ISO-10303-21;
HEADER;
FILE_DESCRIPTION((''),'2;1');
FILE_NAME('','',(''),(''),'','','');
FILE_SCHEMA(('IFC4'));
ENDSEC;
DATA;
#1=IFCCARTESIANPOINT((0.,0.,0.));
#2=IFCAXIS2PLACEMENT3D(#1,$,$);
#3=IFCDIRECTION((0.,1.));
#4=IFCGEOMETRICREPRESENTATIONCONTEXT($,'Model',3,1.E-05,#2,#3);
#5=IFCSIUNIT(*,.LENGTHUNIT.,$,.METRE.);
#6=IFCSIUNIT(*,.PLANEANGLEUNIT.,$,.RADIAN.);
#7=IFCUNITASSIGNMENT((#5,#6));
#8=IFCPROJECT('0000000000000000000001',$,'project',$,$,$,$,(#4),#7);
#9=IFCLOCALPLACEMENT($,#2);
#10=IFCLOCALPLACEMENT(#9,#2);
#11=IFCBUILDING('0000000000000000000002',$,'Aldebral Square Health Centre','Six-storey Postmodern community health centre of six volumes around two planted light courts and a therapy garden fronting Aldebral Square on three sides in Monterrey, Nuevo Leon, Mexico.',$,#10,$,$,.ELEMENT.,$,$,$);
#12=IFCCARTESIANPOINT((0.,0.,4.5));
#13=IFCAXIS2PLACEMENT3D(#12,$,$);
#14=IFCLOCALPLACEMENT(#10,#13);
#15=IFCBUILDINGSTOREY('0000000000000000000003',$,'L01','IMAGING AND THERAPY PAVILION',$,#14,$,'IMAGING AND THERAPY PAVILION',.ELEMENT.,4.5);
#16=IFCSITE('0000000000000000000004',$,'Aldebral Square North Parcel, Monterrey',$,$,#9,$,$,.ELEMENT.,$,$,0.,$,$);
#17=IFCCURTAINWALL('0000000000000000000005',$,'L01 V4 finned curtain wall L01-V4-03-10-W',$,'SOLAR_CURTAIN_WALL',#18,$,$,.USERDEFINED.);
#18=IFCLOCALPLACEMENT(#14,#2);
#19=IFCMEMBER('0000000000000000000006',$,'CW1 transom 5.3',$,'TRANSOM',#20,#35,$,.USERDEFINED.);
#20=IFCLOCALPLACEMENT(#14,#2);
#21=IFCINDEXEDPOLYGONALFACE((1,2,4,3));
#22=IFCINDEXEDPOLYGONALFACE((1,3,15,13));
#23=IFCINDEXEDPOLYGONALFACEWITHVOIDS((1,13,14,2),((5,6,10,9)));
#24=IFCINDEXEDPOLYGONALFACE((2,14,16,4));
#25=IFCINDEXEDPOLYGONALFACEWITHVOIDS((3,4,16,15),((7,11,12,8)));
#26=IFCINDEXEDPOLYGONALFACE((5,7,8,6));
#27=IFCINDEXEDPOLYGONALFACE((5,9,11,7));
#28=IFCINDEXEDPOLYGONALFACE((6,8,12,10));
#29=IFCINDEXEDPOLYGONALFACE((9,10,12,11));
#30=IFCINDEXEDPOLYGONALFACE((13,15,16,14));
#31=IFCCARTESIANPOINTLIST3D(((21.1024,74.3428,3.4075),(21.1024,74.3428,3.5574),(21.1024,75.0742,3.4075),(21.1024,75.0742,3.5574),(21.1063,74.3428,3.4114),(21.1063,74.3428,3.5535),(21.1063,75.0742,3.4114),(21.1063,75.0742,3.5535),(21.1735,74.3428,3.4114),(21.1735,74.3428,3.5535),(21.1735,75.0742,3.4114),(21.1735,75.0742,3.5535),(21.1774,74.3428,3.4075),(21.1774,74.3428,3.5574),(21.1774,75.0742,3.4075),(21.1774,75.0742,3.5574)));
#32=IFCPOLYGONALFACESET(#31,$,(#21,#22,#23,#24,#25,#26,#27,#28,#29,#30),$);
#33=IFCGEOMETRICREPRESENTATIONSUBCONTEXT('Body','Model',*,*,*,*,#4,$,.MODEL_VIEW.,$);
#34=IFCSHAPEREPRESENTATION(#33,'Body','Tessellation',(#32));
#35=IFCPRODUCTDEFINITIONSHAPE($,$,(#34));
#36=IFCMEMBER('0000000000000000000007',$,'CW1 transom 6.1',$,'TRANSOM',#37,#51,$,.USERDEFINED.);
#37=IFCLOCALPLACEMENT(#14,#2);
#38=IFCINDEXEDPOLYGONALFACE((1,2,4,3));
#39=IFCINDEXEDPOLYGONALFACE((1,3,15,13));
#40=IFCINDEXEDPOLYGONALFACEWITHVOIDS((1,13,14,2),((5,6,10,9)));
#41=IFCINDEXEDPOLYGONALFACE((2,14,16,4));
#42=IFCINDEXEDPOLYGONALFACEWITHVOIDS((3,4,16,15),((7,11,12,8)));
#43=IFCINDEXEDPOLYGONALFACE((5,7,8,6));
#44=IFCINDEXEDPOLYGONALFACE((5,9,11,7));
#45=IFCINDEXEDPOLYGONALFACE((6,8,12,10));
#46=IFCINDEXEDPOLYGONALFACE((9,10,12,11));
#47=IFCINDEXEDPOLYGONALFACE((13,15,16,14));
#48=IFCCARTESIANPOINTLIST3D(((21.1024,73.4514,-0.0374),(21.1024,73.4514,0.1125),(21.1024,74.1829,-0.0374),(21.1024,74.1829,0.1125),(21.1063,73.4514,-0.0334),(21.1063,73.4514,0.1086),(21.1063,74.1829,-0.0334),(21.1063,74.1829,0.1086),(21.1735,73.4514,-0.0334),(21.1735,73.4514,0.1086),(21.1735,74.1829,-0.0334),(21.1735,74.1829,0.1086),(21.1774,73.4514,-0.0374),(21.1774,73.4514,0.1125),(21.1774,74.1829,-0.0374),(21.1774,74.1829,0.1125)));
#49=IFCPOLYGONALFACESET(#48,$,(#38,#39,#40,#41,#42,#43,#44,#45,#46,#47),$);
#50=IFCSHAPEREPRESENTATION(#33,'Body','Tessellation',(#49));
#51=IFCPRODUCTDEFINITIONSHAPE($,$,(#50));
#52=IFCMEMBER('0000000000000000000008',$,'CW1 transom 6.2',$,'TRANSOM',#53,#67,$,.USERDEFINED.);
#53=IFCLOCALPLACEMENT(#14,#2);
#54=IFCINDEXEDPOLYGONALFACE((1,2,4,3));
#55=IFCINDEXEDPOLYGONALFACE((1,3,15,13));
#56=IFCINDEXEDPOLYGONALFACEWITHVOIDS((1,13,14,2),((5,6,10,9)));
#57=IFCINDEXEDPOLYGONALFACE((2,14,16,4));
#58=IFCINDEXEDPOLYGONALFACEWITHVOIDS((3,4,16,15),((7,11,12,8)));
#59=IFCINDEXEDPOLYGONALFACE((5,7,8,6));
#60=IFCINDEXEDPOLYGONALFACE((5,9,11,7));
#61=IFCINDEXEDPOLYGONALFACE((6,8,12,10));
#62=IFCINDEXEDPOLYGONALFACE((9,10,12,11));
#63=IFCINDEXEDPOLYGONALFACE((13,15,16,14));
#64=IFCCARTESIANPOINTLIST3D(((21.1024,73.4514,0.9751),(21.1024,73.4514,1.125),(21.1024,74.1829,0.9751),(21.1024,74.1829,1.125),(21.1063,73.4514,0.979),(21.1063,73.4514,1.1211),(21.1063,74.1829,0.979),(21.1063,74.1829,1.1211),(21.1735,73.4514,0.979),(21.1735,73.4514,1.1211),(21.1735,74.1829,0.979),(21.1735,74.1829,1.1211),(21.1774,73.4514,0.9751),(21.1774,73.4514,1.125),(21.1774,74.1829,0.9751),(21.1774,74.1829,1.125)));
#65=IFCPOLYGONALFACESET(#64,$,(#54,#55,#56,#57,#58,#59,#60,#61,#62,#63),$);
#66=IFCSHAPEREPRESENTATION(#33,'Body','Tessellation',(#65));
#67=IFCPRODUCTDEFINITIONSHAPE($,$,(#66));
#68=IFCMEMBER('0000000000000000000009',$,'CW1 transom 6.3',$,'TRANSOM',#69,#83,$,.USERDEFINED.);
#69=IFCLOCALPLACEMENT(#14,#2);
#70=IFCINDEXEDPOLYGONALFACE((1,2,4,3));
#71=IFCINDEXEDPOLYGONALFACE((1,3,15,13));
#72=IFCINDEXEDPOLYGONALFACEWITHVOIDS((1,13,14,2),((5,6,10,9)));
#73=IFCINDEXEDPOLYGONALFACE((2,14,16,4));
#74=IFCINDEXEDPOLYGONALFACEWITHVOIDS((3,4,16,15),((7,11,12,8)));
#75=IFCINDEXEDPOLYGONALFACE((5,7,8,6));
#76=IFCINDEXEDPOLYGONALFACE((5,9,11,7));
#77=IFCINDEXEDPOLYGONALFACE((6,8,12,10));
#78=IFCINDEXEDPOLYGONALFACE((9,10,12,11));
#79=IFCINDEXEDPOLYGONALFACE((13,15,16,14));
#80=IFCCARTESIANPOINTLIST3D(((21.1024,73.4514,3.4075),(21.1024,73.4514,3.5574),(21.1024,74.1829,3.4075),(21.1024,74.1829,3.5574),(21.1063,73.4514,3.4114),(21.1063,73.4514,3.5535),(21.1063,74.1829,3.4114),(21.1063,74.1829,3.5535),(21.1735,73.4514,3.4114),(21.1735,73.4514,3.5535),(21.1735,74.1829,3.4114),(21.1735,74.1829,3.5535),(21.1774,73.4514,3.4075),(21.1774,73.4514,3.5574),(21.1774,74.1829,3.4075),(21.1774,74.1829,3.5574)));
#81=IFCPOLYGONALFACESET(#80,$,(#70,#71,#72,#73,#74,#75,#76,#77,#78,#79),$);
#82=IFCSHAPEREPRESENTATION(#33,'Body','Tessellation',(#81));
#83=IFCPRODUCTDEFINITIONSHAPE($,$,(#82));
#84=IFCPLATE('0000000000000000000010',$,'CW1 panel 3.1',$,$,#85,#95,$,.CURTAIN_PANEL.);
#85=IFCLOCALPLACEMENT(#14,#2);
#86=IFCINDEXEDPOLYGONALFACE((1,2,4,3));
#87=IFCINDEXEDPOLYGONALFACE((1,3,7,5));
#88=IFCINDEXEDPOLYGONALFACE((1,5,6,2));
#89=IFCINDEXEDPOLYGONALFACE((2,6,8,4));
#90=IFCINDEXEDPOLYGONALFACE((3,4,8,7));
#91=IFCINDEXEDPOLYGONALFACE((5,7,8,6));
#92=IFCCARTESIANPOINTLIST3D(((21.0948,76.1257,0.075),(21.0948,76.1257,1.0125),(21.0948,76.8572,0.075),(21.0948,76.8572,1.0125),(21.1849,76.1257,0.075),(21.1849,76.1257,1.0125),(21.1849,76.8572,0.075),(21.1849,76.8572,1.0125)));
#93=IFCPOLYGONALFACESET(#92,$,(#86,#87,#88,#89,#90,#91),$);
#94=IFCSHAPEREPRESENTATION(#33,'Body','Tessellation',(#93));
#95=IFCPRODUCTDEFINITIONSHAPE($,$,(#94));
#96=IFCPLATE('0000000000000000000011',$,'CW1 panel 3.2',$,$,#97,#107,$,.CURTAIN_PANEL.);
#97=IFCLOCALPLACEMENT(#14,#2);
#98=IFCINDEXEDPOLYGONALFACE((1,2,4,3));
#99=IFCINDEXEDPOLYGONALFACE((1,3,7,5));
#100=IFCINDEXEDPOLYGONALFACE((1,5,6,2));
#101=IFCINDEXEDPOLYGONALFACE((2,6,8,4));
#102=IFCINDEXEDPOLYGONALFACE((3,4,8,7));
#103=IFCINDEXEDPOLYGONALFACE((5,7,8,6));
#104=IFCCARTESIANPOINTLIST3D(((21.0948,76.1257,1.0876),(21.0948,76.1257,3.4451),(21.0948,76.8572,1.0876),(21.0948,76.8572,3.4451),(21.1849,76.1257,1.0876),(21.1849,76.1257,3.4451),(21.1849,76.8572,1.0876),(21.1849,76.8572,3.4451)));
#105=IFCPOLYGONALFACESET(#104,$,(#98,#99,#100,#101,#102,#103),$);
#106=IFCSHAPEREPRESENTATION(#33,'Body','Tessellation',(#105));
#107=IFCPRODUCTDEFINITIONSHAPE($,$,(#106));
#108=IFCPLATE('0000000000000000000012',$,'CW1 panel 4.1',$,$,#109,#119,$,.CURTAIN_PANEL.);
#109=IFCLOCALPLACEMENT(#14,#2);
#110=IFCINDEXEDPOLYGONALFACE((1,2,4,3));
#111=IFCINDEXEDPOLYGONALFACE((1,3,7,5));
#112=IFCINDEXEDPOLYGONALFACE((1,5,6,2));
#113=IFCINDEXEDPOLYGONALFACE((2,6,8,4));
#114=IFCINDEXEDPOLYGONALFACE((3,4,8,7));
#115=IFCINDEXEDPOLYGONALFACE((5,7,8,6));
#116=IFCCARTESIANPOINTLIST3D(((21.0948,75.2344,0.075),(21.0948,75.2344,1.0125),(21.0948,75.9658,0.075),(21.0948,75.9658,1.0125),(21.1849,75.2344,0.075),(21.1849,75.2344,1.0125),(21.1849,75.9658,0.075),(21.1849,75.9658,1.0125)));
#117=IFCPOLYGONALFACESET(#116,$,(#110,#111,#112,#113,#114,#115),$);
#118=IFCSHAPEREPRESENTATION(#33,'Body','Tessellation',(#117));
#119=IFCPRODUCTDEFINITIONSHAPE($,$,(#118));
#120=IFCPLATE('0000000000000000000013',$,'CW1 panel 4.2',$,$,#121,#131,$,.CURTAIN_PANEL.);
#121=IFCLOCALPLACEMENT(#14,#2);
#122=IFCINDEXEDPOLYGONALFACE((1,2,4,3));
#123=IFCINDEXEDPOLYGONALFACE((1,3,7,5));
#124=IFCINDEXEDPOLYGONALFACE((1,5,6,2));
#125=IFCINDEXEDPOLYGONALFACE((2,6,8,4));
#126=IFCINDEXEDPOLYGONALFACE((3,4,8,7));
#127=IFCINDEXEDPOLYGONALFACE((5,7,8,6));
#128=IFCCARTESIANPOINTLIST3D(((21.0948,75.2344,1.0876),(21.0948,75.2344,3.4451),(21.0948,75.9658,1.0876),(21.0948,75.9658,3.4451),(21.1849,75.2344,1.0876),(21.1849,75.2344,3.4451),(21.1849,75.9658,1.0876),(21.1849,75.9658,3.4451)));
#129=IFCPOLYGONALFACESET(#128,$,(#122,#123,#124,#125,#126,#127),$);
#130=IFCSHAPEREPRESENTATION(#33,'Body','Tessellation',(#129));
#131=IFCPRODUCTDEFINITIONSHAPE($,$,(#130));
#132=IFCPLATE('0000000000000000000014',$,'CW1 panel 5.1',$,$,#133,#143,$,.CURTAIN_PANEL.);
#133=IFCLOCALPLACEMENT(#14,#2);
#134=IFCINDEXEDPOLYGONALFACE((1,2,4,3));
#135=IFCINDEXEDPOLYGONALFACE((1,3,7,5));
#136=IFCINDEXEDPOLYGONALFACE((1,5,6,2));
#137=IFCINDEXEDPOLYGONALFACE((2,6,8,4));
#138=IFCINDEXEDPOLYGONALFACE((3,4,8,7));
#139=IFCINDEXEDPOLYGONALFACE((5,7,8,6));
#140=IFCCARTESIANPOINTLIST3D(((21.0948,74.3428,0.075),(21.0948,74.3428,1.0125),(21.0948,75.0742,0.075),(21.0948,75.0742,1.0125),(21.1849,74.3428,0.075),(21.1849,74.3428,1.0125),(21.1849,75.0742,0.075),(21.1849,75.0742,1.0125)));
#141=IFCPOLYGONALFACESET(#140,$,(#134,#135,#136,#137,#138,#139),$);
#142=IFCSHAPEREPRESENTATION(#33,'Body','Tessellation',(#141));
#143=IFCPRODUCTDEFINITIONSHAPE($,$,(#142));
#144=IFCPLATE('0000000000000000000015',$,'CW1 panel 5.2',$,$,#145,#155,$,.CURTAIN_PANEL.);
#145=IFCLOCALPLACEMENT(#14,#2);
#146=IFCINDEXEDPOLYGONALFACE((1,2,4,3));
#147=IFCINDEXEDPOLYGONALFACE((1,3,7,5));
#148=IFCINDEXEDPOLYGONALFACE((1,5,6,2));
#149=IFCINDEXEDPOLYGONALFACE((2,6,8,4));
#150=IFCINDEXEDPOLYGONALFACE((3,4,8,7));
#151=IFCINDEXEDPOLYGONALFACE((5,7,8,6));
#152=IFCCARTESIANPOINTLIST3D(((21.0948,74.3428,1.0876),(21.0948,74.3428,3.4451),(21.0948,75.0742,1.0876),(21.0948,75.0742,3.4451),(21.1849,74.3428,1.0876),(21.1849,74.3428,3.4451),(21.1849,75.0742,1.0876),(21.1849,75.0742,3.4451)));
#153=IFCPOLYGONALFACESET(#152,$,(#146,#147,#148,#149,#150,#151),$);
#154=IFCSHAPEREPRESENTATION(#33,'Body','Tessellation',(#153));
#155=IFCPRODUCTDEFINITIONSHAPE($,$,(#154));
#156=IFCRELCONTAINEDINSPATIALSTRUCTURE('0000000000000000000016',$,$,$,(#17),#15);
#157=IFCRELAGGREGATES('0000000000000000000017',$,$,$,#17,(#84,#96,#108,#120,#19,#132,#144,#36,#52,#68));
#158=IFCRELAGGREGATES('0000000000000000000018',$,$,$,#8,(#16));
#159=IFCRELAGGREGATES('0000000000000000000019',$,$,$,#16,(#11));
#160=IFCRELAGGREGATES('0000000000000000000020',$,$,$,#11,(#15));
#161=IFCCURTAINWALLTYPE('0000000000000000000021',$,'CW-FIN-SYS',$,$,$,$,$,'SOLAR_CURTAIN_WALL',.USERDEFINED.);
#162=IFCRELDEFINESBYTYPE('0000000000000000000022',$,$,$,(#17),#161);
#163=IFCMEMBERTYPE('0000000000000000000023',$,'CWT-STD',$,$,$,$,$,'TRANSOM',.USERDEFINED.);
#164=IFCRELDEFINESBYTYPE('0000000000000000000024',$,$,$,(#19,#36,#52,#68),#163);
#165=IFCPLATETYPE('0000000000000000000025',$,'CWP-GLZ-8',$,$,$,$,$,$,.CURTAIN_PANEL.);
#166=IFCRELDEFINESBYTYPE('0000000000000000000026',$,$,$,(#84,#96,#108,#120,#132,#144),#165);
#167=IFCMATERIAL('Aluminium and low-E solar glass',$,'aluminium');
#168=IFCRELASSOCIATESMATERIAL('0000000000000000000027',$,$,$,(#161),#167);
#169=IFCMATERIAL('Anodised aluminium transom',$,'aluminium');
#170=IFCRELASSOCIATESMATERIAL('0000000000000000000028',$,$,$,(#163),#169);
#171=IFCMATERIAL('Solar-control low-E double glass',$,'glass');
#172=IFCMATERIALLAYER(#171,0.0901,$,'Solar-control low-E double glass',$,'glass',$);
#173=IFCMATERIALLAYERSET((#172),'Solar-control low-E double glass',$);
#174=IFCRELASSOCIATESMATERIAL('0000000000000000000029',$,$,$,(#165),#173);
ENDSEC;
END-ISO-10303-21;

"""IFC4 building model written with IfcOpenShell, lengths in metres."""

from ifc_helpers import new_model, si_unit, direction, frame, origin, origin_2d, place, context, subcontext, project, spatial, rectangle, hollow_rectangle, extrude, material, layer, layer_set, material_profile, profile_set, type_object, element, aggregate, save


model = new_model("IFC4")

# Units and contexts
model_context = context("Model", 3, precision=1e-05, world=origin(), true_north=direction((0.0, 1.0)))
body_context = subcontext(model_context, "Body", "Model", "MODEL_VIEW")
ifc_project = project(units=[si_unit("LENGTHUNIT", "METRE"), si_unit("PLANEANGLEUNIT", "RADIAN")], contexts=[model_context])

# Site, building, storey
site_placement = place(None, origin())
site = spatial("IfcSite", under=ifc_project, at=site_placement, Name="Aldebral Square North Parcel, Monterrey", CompositionType="ELEMENT", RefElevation=0.0)
building_placement = place(site_placement, origin())
building = spatial("IfcBuilding", under=site, at=building_placement, Name="Aldebral Square Health Centre", Description="Six-storey Postmodern community health centre of six volumes around two planted light courts and a therapy garden fronting Aldebral Square on three sides in Monterrey, Nuevo Leon, Mexico.", CompositionType="ELEMENT")
storey_placement = place(building_placement, frame((0.0, 0.0, 4.5)))
storey = spatial("IfcBuildingStorey", under=building, at=storey_placement, Name="L01", Description="IMAGING AND THERAPY PAVILION", LongName="IMAGING AND THERAPY PAVILION", CompositionType="ELEMENT", Elevation=4.5)

# Curtain wall, members, plates
ifc_material_1 = material(Name="Aluminium and low-E solar glass", Category="aluminium")
curtain_wall_type = type_object("IfcCurtainWallType", Name="CW-FIN-SYS", ElementType="SOLAR_CURTAIN_WALL", PredefinedType="USERDEFINED", material=ifc_material_1)
curtain_wall_placement = place(storey_placement, origin())
curtain_wall = element("IfcCurtainWall", 1, at=curtain_wall_placement, inside=storey, type_object=curtain_wall_type, Name="L01 V4 finned curtain wall L01-V4-03-10-W", ObjectType="SOLAR_CURTAIN_WALL", PredefinedType="USERDEFINED")
ifc_material_2 = material(Name="Anodised aluminium transom", Category="aluminium")
ifc_material_profile_1 = material_profile(ifc_material_2, hollow_rectangle(XDim=0.075, YDim=0.1499, WallThickness=0.0039, at=origin_2d()), Name="CWT 75x150x4")
ifc_profile_set_1 = profile_set([ifc_material_profile_1], Name="Anodised aluminium transom")
member_type_1 = type_object("IfcMemberType", Name="CWT-STD", ElementType="TRANSOM", PredefinedType="USERDEFINED", material=ifc_profile_set_1)
member_1_placement = place(storey_placement, frame((21.1399, 75.0742, 3.4824), z_axis=(0.0, -1.0, 0.0), x_axis=(1.0, 0.0, 0.0)))
member_1 = element("IfcMember", 2, at=member_1_placement, type_object=member_type_1, Name="CW1 transom 5.3", ObjectType="TRANSOM", PredefinedType="USERDEFINED", context=body_context, shape_type="SweptSolid", body=[
    extrude(hollow_rectangle(XDim=0.075, YDim=0.1499, WallThickness=0.0039, at=origin_2d()), origin(), (0.0, 0.0, 1.0), 0.7314),
])
member_2_placement = place(storey_placement, frame((21.1399, 74.1829, 0.0376), z_axis=(0.0, -1.0, 0.0), x_axis=(1.0, 0.0, 0.0)))
member_2 = element("IfcMember", 3, at=member_2_placement, type_object=member_type_1, Name="CW1 transom 6.1", ObjectType="TRANSOM", PredefinedType="USERDEFINED", context=body_context, shape_type="SweptSolid", body=[
    extrude(hollow_rectangle(XDim=0.075, YDim=0.1499, WallThickness=0.0039, at=origin_2d()), origin(), (0.0, 0.0, 1.0), 0.7314),
])
member_3_placement = place(storey_placement, frame((21.1399, 74.1829, 1.05), z_axis=(0.0, -1.0, 0.0), x_axis=(1.0, 0.0, 0.0)))
member_3 = element("IfcMember", 4, at=member_3_placement, type_object=member_type_1, Name="CW1 transom 6.2", ObjectType="TRANSOM", PredefinedType="USERDEFINED", context=body_context, shape_type="SweptSolid", body=[
    extrude(hollow_rectangle(XDim=0.075, YDim=0.1499, WallThickness=0.0039, at=origin_2d()), origin(), (0.0, 0.0, 1.0), 0.7314),
])
member_4_placement = place(storey_placement, frame((21.1399, 74.1829, 3.4824), z_axis=(0.0, -1.0, 0.0), x_axis=(1.0, 0.0, 0.0)))
member_4 = element("IfcMember", 5, at=member_4_placement, type_object=member_type_1, Name="CW1 transom 6.3", ObjectType="TRANSOM", PredefinedType="USERDEFINED", context=body_context, shape_type="SweptSolid", body=[
    extrude(hollow_rectangle(XDim=0.075, YDim=0.1499, WallThickness=0.0039, at=origin_2d()), origin(), (0.0, 0.0, 1.0), 0.7314),
])
ifc_material_3 = material(Name="Solar-control low-E double glass", Category="glass")
ifc_layer = layer(ifc_material_3, 0.0901, Name="Solar-control low-E double glass", Category="glass")
ifc_layer_set = layer_set([ifc_layer], Name="Solar-control low-E double glass")
plate_type = type_object("IfcPlateType", Name="CWP-GLZ-8", PredefinedType="CURTAIN_PANEL", material=ifc_layer_set)
plate_1_placement = place(storey_placement, frame((21.1399, 76.4915, 0.075), z_axis=(0.0, 0.0, 1.0), x_axis=(0.0, -1.0, 0.0)))
plate_1 = element("IfcPlate", 6, at=plate_1_placement, type_object=plate_type, Name="CW1 panel 3.1", PredefinedType="CURTAIN_PANEL", context=body_context, shape_type="SweptSolid", body=[
    extrude(rectangle(XDim=0.7314, YDim=0.0901, at=origin_2d()), origin(), (0.0, 0.0, 1.0), 0.9375),
])
plate_2_placement = place(storey_placement, frame((21.1399, 76.4915, 1.0876), z_axis=(0.0, 0.0, 1.0), x_axis=(0.0, -1.0, 0.0)))
plate_2 = element("IfcPlate", 7, at=plate_2_placement, type_object=plate_type, Name="CW1 panel 3.2", PredefinedType="CURTAIN_PANEL", context=body_context, shape_type="SweptSolid", body=[
    extrude(rectangle(XDim=0.7314, YDim=0.0901, at=origin_2d()), origin(), (0.0, 0.0, 1.0), 2.3574),
])
plate_3_placement = place(storey_placement, frame((21.1399, 75.6001, 0.075), z_axis=(0.0, 0.0, 1.0), x_axis=(0.0, -1.0, 0.0)))
plate_3 = element("IfcPlate", 8, at=plate_3_placement, type_object=plate_type, Name="CW1 panel 4.1", PredefinedType="CURTAIN_PANEL", context=body_context, shape_type="SweptSolid", body=[
    extrude(rectangle(XDim=0.7314, YDim=0.0901, at=origin_2d()), origin(), (0.0, 0.0, 1.0), 0.9375),
])
plate_4_placement = place(storey_placement, frame((21.1399, 75.6001, 1.0876), z_axis=(0.0, 0.0, 1.0), x_axis=(0.0, -1.0, 0.0)))
plate_4 = element("IfcPlate", 9, at=plate_4_placement, type_object=plate_type, Name="CW1 panel 4.2", PredefinedType="CURTAIN_PANEL", context=body_context, shape_type="SweptSolid", body=[
    extrude(rectangle(XDim=0.7314, YDim=0.0901, at=origin_2d()), origin(), (0.0, 0.0, 1.0), 2.3574),
])
plate_5_placement = place(storey_placement, frame((21.1399, 74.7085, 0.075), z_axis=(0.0, 0.0, 1.0), x_axis=(0.0, -1.0, 0.0)))
plate_5 = element("IfcPlate", 10, at=plate_5_placement, type_object=plate_type, Name="CW1 panel 5.1", PredefinedType="CURTAIN_PANEL", context=body_context, shape_type="SweptSolid", body=[
    extrude(rectangle(XDim=0.7314, YDim=0.0901, at=origin_2d()), origin(), (0.0, 0.0, 1.0), 0.9375),
])
plate_6_placement = place(storey_placement, frame((21.1399, 74.7085, 1.0876), z_axis=(0.0, 0.0, 1.0), x_axis=(0.0, -1.0, 0.0)))
plate_6 = element("IfcPlate", 11, at=plate_6_placement, type_object=plate_type, Name="CW1 panel 5.2", PredefinedType="CURTAIN_PANEL", context=body_context, shape_type="SweptSolid", body=[
    extrude(rectangle(XDim=0.7314, YDim=0.0901, at=origin_2d()), origin(), (0.0, 0.0, 1.0), 2.3574),
])
aggregate(curtain_wall, [plate_1, plate_2, plate_3, plate_4, member_1, plate_5, plate_6, member_2, member_3, member_4])

save(model, "model.ifc")
